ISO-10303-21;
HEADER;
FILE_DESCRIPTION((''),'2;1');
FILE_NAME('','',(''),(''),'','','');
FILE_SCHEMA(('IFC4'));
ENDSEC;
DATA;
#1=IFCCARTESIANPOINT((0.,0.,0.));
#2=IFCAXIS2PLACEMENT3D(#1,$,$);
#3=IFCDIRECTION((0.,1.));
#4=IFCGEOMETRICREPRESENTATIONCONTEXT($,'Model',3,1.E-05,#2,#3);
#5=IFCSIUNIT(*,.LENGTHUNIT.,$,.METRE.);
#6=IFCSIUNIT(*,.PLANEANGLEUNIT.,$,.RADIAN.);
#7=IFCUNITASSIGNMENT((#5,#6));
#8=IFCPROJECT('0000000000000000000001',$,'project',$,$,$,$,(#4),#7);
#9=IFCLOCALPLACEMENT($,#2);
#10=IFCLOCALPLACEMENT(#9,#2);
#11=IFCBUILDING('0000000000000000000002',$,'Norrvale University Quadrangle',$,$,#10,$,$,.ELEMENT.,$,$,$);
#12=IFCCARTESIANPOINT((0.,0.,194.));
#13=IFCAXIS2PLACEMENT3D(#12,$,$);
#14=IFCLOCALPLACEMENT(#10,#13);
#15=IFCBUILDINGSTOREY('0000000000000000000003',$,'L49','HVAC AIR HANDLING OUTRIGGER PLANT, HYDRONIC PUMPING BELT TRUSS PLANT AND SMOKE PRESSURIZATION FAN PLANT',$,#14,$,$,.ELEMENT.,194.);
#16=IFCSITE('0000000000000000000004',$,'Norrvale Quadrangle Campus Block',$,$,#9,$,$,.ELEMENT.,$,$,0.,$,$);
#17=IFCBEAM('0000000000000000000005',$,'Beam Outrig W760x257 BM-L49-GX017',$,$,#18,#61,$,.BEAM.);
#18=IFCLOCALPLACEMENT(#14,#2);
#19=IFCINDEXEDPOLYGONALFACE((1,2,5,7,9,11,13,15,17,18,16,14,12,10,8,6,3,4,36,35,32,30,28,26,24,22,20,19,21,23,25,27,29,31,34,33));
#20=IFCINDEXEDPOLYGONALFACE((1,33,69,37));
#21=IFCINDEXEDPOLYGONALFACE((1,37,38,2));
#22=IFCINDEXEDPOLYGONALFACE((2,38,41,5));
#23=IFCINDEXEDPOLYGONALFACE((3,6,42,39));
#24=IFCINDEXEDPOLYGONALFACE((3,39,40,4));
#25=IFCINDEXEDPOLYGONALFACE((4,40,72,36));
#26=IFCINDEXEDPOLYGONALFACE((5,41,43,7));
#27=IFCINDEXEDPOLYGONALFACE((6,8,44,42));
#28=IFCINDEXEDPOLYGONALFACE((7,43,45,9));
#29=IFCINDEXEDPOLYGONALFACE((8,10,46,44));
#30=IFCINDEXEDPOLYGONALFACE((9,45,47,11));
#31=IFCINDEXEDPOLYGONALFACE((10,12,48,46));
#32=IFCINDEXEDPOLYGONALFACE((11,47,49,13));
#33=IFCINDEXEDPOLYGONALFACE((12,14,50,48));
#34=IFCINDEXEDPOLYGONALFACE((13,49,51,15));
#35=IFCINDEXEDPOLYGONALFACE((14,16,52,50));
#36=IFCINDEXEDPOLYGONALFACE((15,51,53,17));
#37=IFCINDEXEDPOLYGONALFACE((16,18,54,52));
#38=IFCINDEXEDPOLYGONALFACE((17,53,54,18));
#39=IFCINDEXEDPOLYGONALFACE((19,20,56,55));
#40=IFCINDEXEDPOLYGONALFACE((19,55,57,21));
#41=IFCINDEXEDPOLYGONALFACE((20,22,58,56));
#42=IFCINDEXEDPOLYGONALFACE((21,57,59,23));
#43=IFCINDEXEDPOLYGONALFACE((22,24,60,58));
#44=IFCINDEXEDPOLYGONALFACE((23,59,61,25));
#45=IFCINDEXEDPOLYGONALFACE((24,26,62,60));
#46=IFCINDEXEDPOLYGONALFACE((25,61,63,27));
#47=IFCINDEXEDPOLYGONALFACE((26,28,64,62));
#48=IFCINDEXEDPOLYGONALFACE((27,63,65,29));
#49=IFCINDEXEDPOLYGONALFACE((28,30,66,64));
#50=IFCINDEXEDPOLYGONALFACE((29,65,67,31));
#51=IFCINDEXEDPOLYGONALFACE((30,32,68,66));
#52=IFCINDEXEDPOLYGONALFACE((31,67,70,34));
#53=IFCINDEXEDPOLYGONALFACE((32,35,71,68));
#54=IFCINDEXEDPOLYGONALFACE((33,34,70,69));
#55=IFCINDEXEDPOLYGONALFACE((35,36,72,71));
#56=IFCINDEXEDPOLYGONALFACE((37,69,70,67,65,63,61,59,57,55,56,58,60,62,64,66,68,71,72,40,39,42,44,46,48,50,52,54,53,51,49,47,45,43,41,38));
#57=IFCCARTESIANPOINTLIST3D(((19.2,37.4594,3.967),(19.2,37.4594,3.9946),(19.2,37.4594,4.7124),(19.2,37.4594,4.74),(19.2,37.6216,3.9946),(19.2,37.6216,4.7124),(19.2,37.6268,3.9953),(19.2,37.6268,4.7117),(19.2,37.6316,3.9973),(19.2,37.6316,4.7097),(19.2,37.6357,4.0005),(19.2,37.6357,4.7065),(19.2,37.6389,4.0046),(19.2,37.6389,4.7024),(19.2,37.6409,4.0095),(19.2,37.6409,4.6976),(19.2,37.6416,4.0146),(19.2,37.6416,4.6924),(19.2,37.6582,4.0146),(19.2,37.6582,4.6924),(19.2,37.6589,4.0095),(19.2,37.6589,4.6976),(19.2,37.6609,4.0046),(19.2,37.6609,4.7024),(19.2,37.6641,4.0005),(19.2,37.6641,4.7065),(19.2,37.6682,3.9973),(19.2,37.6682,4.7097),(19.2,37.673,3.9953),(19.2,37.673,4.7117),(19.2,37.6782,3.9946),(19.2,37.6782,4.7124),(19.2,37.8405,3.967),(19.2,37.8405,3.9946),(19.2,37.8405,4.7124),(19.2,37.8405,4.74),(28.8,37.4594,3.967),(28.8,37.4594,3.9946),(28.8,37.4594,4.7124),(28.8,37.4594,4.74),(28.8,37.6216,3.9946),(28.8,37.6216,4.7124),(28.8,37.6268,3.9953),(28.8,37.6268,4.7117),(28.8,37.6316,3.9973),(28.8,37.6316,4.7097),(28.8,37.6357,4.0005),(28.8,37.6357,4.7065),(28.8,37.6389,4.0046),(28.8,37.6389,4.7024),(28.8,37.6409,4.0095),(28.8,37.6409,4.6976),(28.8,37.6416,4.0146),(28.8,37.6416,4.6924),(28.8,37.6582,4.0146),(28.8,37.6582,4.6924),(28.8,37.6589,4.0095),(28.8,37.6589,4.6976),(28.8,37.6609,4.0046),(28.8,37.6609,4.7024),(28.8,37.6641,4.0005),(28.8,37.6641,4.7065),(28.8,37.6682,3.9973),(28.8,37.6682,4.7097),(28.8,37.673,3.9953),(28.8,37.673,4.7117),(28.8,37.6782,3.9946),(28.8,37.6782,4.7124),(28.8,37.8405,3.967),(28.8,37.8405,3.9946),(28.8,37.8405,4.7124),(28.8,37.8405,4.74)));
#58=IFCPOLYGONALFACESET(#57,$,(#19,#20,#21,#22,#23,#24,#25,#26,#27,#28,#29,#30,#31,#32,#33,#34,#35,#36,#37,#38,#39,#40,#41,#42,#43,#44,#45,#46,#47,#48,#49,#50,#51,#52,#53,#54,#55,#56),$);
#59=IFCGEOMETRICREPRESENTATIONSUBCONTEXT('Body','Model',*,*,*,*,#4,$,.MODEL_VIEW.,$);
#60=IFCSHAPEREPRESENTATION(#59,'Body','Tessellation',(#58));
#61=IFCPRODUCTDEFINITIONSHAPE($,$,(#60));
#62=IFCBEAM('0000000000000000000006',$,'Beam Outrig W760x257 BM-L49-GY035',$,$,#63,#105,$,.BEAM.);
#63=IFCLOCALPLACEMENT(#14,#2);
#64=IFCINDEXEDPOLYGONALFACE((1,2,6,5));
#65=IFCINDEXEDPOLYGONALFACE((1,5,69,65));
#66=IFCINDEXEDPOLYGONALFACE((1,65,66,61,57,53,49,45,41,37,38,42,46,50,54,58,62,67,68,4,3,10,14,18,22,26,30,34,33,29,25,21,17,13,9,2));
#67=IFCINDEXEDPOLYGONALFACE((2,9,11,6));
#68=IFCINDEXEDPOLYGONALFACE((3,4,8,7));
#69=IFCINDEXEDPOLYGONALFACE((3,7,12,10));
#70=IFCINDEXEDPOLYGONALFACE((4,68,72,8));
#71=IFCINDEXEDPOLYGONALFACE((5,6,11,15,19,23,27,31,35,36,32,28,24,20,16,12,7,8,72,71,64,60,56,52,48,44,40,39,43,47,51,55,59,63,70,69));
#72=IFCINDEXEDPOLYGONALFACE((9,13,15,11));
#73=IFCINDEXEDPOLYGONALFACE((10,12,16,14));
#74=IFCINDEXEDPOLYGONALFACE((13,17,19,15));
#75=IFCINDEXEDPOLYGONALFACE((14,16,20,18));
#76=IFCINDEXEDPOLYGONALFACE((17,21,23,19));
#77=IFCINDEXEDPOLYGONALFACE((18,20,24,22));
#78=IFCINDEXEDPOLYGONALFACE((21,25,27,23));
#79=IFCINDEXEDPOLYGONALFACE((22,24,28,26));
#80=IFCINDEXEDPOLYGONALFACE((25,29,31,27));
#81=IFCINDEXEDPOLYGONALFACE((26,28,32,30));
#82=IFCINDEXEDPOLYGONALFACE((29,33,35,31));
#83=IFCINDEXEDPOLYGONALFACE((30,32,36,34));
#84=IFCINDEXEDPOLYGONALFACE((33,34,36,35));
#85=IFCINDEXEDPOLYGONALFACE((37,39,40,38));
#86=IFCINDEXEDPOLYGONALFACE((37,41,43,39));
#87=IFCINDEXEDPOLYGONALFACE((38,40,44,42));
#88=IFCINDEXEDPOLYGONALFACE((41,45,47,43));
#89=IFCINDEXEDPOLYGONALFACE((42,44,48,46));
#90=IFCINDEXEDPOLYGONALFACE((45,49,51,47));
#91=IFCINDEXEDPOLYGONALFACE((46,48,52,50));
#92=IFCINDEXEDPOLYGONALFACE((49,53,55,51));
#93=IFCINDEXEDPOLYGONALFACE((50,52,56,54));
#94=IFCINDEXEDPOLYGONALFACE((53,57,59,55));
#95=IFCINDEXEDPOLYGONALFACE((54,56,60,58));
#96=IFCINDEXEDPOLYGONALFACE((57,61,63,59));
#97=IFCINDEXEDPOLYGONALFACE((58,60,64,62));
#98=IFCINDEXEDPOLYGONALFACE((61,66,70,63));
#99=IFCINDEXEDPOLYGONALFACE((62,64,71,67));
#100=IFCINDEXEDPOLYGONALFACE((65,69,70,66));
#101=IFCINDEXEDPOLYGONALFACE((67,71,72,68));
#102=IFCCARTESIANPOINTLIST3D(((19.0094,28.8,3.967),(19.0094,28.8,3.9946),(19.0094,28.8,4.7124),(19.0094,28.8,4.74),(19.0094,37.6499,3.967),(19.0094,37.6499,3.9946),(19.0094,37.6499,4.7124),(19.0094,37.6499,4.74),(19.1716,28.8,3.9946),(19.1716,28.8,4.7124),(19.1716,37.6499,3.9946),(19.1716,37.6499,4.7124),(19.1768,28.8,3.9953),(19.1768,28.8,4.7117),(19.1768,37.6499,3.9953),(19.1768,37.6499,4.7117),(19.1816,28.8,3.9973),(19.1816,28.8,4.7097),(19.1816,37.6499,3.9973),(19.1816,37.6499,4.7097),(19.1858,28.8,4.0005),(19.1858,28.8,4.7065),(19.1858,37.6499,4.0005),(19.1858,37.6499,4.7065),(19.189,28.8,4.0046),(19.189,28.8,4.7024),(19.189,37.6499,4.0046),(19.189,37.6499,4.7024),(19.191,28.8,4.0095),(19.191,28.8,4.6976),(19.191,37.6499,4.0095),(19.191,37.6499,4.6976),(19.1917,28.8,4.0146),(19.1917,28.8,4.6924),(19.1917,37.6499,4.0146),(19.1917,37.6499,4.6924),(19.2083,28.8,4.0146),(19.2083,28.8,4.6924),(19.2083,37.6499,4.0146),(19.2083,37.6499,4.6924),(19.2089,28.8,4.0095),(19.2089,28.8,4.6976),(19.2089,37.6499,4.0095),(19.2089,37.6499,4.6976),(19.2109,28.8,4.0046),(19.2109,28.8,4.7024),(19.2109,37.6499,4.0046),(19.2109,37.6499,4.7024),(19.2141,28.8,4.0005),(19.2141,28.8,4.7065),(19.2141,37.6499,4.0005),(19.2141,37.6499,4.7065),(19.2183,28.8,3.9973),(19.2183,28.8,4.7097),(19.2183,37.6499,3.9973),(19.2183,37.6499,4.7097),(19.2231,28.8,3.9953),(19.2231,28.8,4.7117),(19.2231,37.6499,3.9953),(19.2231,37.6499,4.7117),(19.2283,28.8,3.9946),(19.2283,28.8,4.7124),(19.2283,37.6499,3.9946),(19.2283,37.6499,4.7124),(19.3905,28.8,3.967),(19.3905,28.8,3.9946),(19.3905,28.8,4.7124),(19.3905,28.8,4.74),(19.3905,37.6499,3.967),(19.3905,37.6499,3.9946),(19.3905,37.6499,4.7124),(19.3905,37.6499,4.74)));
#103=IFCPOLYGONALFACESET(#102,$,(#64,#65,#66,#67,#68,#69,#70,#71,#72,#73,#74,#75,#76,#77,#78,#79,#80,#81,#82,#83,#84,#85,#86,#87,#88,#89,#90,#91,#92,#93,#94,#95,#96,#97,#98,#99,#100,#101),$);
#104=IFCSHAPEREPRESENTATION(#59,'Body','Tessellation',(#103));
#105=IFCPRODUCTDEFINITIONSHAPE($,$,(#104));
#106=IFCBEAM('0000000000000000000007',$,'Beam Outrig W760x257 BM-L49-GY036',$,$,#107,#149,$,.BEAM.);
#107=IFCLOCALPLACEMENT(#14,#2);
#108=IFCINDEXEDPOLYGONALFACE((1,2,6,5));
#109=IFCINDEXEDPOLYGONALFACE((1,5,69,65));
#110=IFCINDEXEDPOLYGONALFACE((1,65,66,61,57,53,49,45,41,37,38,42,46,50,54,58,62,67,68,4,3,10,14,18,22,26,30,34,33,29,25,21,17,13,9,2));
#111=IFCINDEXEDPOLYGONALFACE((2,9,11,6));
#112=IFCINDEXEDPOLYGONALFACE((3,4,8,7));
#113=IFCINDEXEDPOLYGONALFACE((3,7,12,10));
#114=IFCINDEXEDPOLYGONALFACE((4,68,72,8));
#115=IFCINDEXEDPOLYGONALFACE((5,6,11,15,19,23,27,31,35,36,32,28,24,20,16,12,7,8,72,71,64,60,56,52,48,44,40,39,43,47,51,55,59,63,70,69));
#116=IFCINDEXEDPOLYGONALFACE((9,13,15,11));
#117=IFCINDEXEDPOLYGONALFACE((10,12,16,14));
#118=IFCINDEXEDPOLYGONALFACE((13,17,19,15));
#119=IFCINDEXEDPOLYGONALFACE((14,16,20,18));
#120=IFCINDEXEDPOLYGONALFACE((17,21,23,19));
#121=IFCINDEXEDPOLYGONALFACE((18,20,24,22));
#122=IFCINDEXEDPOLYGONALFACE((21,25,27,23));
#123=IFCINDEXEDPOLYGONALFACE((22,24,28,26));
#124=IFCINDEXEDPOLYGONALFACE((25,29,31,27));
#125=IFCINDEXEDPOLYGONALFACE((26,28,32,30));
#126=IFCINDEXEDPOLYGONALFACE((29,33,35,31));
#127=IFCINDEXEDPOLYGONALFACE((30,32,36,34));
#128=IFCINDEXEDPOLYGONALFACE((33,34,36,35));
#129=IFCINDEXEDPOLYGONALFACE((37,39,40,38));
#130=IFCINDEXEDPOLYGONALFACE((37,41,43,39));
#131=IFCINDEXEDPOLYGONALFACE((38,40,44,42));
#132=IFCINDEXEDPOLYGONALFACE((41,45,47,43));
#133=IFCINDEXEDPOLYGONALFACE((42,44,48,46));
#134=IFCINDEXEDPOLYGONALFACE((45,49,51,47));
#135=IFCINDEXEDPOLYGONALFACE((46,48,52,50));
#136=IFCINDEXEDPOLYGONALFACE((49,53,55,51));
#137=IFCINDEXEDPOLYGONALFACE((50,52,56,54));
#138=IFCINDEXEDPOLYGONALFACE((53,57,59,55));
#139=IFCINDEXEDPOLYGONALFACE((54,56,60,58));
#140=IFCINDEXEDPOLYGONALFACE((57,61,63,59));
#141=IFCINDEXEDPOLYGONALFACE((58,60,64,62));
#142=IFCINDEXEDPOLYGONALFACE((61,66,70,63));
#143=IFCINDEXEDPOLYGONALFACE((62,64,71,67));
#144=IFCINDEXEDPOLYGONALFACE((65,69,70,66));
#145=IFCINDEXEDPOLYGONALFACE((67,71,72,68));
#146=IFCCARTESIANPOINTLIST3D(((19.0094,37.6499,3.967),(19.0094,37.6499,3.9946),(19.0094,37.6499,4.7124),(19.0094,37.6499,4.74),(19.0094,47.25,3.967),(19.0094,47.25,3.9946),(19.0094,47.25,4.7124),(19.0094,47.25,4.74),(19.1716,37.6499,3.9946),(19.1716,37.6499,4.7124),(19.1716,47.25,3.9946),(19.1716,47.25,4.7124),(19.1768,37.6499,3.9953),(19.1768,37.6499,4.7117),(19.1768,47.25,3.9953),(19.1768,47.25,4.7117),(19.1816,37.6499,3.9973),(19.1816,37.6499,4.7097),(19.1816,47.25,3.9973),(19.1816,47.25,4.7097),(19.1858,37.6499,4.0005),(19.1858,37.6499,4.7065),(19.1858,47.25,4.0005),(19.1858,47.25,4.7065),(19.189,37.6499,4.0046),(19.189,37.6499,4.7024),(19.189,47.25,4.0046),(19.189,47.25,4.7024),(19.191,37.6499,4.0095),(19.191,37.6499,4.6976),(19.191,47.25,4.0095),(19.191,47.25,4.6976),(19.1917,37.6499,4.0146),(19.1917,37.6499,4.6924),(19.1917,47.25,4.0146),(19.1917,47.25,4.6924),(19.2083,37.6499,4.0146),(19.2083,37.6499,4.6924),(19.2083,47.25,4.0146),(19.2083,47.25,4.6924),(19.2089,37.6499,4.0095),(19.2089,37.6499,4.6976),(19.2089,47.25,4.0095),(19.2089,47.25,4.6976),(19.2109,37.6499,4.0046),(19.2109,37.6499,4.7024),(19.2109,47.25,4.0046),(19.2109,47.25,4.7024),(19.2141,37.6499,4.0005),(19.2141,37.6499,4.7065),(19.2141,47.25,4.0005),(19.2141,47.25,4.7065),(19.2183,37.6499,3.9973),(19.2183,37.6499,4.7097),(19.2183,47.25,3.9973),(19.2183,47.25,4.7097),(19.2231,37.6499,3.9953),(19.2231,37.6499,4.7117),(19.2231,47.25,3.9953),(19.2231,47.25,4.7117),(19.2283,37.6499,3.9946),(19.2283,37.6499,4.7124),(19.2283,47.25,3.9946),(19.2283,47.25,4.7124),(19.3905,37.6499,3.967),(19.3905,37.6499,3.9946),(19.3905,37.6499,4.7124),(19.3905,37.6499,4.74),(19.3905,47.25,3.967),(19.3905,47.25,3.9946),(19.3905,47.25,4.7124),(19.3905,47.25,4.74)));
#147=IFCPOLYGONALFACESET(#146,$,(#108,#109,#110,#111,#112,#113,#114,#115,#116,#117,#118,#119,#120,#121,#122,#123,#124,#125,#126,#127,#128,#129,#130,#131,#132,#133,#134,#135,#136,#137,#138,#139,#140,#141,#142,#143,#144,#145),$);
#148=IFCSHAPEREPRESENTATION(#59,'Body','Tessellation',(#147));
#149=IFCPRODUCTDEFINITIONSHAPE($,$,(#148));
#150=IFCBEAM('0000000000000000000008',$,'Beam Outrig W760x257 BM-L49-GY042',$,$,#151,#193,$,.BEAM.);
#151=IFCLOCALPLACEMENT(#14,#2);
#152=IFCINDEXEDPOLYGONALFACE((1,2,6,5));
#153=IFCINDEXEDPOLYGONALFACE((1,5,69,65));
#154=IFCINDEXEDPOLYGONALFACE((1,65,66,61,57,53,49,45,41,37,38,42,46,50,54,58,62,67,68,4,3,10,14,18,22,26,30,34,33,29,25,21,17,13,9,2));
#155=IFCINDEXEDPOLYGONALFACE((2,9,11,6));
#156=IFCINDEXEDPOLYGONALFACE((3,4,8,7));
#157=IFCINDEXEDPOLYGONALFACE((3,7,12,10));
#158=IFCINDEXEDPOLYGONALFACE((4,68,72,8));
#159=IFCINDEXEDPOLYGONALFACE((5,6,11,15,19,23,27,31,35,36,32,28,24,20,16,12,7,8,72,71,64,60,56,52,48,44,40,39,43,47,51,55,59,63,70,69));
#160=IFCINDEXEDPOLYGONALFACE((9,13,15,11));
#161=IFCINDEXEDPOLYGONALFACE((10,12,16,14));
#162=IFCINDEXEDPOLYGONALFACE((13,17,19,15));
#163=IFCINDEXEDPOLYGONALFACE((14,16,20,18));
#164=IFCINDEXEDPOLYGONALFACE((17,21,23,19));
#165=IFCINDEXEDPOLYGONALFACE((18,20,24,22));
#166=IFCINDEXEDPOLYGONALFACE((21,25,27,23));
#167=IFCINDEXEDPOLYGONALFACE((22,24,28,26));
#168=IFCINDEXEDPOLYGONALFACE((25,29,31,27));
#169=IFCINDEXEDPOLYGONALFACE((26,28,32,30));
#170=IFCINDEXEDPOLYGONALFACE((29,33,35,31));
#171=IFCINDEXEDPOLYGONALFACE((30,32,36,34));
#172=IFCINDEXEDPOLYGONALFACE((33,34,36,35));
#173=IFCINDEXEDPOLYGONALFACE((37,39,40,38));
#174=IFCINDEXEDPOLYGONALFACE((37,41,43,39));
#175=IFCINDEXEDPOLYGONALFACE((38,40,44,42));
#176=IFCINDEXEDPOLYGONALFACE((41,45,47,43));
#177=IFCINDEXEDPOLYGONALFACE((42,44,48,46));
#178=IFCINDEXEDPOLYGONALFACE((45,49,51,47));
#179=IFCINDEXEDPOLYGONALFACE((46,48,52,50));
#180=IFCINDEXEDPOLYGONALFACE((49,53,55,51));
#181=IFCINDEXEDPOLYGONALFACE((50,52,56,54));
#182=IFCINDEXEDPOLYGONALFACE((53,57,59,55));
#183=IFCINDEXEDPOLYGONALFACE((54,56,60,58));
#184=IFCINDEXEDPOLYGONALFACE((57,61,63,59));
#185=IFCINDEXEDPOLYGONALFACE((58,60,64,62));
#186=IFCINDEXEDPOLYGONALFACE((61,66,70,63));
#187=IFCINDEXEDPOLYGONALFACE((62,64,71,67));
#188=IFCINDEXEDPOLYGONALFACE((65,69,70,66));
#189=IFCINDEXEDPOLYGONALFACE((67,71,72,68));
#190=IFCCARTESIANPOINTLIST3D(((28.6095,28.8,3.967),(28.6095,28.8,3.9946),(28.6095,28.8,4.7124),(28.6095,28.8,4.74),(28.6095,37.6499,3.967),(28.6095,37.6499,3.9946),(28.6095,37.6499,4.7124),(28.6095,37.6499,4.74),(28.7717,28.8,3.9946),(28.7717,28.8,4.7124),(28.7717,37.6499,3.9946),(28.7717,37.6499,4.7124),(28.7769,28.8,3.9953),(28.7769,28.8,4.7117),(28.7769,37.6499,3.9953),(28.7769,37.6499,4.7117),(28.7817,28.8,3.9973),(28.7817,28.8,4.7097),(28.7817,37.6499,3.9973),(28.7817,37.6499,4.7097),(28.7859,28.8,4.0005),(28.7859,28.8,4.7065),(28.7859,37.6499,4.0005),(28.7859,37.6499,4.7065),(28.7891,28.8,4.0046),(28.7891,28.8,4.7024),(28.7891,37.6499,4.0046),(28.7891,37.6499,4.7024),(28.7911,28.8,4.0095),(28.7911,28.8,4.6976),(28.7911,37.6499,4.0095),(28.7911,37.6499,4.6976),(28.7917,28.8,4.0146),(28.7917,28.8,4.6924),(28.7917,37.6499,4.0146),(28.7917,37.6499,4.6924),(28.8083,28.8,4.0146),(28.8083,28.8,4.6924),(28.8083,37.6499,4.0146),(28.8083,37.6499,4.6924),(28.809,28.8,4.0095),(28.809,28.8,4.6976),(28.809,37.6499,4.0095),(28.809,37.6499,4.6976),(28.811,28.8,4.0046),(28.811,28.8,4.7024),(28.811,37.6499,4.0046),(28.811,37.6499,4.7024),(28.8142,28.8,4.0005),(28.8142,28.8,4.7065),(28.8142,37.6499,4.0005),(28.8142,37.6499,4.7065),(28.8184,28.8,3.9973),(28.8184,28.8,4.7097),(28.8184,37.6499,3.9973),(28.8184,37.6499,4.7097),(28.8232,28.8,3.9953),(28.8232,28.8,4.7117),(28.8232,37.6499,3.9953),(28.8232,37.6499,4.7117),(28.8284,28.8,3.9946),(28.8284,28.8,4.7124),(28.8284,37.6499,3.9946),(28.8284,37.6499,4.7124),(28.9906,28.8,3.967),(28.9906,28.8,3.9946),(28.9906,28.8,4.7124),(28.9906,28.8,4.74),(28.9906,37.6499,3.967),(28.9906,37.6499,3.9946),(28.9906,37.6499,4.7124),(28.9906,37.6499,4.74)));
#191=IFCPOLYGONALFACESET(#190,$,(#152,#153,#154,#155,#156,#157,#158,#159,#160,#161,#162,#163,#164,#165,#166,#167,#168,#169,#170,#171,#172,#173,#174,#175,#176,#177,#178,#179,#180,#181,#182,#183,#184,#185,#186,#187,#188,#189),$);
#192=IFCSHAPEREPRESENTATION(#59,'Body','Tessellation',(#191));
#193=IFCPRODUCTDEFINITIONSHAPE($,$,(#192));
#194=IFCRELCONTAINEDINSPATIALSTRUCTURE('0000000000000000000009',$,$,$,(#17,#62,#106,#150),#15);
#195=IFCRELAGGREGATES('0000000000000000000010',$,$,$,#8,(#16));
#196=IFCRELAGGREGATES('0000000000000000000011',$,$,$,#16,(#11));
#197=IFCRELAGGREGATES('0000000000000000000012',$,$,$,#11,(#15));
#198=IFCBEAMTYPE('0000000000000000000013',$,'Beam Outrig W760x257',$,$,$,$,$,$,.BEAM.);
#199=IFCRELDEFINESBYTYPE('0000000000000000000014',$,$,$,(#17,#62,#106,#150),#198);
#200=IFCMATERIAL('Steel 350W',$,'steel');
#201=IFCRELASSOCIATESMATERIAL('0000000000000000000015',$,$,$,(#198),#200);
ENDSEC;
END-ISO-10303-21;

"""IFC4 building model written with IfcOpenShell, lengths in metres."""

from ifc_helpers import new_model, si_unit, direction, frame, origin, origin_2d, place, context, subcontext, project, spatial, i_section, extrude, material, material_profile, profile_set, type_object, element, save


model = new_model("IFC4")

# Units and contexts
model_context = context("Model", 3, precision=1e-05, world=origin(), true_north=direction((0.0, 1.0)))
body_context = subcontext(model_context, "Body", "Model", "MODEL_VIEW")
ifc_project = project(units=[si_unit("LENGTHUNIT", "METRE"), si_unit("PLANEANGLEUNIT", "RADIAN")], contexts=[model_context])

# Site, building, storey
site_placement = place(None, origin())
site = spatial("IfcSite", under=ifc_project, at=site_placement, Name="Norrvale Quadrangle Campus Block", CompositionType="ELEMENT", RefElevation=0.0)
building_placement = place(site_placement, origin())
building = spatial("IfcBuilding", under=site, at=building_placement, Name="Norrvale University Quadrangle", CompositionType="ELEMENT")
storey_placement = place(building_placement, frame((0.0, 0.0, 194.0)))
storey = spatial("IfcBuildingStorey", under=building, at=storey_placement, Name="L49", Description="HVAC AIR HANDLING OUTRIGGER PLANT, HYDRONIC PUMPING BELT TRUSS PLANT AND SMOKE PRESSURIZATION FAN PLANT", CompositionType="ELEMENT", Elevation=194.0)

# Beams
ifc_material_1 = material(Name="Steel 350W", Category="steel")
ifc_material_profile_1 = material_profile(ifc_material_1, i_section(OverallWidth=0.3811, OverallDepth=0.7729, WebThickness=0.0166, FlangeThickness=0.0276, FilletRadius=0.02, at=origin_2d()), Name="Steel 350W")
ifc_profile_set_1 = profile_set([ifc_material_profile_1], Name="Steel 350W")
beam_type_1 = type_object("IfcBeamType", Name="Beam Outrig W760x257", PredefinedType="BEAM", material=ifc_profile_set_1)
beam_1_placement = place(storey_placement, frame((19.2, 37.6499, 4.3535), z_axis=(1.0, 0.0, 0.0), x_axis=(0.0, 1.0, 0.0)))
element("IfcBeam", 1, at=beam_1_placement, inside=storey, type_object=beam_type_1, Name="Beam Outrig W760x257 BM-L49-GX017", PredefinedType="BEAM", context=body_context, shape_type="SweptSolid", body=[
    extrude(i_section(OverallWidth=0.3811, OverallDepth=0.7729, WebThickness=0.0166, FlangeThickness=0.0276, FilletRadius=0.02, at=origin_2d()), origin(), (0.0, 0.0, 1.0), 9.6001),
])
beam_2_placement = place(storey_placement, frame((19.2, 28.8, 4.3535), z_axis=(0.0, 1.0, 0.0), x_axis=(-1.0, 0.0, 0.0)))
element("IfcBeam", 2, at=beam_2_placement, inside=storey, type_object=beam_type_1, Name="Beam Outrig W760x257 BM-L49-GY035", PredefinedType="BEAM", context=body_context, shape_type="SweptSolid", body=[
    extrude(i_section(OverallWidth=0.3811, OverallDepth=0.7729, WebThickness=0.0166, FlangeThickness=0.0276, FilletRadius=0.02, at=origin_2d()), origin(), (0.0, 0.0, 1.0), 8.8499),
])
beam_3_placement = place(storey_placement, frame((19.2, 37.6499, 4.3535), z_axis=(0.0, 1.0, 0.0), x_axis=(-1.0, 0.0, 0.0)))
element("IfcBeam", 3, at=beam_3_placement, inside=storey, type_object=beam_type_1, Name="Beam Outrig W760x257 BM-L49-GY036", PredefinedType="BEAM", context=body_context, shape_type="SweptSolid", body=[
    extrude(i_section(OverallWidth=0.3811, OverallDepth=0.7729, WebThickness=0.0166, FlangeThickness=0.0276, FilletRadius=0.02, at=origin_2d()), origin(), (0.0, 0.0, 1.0), 9.6001),
])
beam_4_placement = place(storey_placement, frame((28.8, 28.8, 4.3535), z_axis=(0.0, 1.0, 0.0), x_axis=(-1.0, 0.0, 0.0)))
element("IfcBeam", 4, at=beam_4_placement, inside=storey, type_object=beam_type_1, Name="Beam Outrig W760x257 BM-L49-GY042", PredefinedType="BEAM", context=body_context, shape_type="SweptSolid", body=[
    extrude(i_section(OverallWidth=0.3811, OverallDepth=0.7729, WebThickness=0.0166, FlangeThickness=0.0276, FilletRadius=0.02, at=origin_2d()), origin(), (0.0, 0.0, 1.0), 8.8499),
])

save(model, "model.ifc")
